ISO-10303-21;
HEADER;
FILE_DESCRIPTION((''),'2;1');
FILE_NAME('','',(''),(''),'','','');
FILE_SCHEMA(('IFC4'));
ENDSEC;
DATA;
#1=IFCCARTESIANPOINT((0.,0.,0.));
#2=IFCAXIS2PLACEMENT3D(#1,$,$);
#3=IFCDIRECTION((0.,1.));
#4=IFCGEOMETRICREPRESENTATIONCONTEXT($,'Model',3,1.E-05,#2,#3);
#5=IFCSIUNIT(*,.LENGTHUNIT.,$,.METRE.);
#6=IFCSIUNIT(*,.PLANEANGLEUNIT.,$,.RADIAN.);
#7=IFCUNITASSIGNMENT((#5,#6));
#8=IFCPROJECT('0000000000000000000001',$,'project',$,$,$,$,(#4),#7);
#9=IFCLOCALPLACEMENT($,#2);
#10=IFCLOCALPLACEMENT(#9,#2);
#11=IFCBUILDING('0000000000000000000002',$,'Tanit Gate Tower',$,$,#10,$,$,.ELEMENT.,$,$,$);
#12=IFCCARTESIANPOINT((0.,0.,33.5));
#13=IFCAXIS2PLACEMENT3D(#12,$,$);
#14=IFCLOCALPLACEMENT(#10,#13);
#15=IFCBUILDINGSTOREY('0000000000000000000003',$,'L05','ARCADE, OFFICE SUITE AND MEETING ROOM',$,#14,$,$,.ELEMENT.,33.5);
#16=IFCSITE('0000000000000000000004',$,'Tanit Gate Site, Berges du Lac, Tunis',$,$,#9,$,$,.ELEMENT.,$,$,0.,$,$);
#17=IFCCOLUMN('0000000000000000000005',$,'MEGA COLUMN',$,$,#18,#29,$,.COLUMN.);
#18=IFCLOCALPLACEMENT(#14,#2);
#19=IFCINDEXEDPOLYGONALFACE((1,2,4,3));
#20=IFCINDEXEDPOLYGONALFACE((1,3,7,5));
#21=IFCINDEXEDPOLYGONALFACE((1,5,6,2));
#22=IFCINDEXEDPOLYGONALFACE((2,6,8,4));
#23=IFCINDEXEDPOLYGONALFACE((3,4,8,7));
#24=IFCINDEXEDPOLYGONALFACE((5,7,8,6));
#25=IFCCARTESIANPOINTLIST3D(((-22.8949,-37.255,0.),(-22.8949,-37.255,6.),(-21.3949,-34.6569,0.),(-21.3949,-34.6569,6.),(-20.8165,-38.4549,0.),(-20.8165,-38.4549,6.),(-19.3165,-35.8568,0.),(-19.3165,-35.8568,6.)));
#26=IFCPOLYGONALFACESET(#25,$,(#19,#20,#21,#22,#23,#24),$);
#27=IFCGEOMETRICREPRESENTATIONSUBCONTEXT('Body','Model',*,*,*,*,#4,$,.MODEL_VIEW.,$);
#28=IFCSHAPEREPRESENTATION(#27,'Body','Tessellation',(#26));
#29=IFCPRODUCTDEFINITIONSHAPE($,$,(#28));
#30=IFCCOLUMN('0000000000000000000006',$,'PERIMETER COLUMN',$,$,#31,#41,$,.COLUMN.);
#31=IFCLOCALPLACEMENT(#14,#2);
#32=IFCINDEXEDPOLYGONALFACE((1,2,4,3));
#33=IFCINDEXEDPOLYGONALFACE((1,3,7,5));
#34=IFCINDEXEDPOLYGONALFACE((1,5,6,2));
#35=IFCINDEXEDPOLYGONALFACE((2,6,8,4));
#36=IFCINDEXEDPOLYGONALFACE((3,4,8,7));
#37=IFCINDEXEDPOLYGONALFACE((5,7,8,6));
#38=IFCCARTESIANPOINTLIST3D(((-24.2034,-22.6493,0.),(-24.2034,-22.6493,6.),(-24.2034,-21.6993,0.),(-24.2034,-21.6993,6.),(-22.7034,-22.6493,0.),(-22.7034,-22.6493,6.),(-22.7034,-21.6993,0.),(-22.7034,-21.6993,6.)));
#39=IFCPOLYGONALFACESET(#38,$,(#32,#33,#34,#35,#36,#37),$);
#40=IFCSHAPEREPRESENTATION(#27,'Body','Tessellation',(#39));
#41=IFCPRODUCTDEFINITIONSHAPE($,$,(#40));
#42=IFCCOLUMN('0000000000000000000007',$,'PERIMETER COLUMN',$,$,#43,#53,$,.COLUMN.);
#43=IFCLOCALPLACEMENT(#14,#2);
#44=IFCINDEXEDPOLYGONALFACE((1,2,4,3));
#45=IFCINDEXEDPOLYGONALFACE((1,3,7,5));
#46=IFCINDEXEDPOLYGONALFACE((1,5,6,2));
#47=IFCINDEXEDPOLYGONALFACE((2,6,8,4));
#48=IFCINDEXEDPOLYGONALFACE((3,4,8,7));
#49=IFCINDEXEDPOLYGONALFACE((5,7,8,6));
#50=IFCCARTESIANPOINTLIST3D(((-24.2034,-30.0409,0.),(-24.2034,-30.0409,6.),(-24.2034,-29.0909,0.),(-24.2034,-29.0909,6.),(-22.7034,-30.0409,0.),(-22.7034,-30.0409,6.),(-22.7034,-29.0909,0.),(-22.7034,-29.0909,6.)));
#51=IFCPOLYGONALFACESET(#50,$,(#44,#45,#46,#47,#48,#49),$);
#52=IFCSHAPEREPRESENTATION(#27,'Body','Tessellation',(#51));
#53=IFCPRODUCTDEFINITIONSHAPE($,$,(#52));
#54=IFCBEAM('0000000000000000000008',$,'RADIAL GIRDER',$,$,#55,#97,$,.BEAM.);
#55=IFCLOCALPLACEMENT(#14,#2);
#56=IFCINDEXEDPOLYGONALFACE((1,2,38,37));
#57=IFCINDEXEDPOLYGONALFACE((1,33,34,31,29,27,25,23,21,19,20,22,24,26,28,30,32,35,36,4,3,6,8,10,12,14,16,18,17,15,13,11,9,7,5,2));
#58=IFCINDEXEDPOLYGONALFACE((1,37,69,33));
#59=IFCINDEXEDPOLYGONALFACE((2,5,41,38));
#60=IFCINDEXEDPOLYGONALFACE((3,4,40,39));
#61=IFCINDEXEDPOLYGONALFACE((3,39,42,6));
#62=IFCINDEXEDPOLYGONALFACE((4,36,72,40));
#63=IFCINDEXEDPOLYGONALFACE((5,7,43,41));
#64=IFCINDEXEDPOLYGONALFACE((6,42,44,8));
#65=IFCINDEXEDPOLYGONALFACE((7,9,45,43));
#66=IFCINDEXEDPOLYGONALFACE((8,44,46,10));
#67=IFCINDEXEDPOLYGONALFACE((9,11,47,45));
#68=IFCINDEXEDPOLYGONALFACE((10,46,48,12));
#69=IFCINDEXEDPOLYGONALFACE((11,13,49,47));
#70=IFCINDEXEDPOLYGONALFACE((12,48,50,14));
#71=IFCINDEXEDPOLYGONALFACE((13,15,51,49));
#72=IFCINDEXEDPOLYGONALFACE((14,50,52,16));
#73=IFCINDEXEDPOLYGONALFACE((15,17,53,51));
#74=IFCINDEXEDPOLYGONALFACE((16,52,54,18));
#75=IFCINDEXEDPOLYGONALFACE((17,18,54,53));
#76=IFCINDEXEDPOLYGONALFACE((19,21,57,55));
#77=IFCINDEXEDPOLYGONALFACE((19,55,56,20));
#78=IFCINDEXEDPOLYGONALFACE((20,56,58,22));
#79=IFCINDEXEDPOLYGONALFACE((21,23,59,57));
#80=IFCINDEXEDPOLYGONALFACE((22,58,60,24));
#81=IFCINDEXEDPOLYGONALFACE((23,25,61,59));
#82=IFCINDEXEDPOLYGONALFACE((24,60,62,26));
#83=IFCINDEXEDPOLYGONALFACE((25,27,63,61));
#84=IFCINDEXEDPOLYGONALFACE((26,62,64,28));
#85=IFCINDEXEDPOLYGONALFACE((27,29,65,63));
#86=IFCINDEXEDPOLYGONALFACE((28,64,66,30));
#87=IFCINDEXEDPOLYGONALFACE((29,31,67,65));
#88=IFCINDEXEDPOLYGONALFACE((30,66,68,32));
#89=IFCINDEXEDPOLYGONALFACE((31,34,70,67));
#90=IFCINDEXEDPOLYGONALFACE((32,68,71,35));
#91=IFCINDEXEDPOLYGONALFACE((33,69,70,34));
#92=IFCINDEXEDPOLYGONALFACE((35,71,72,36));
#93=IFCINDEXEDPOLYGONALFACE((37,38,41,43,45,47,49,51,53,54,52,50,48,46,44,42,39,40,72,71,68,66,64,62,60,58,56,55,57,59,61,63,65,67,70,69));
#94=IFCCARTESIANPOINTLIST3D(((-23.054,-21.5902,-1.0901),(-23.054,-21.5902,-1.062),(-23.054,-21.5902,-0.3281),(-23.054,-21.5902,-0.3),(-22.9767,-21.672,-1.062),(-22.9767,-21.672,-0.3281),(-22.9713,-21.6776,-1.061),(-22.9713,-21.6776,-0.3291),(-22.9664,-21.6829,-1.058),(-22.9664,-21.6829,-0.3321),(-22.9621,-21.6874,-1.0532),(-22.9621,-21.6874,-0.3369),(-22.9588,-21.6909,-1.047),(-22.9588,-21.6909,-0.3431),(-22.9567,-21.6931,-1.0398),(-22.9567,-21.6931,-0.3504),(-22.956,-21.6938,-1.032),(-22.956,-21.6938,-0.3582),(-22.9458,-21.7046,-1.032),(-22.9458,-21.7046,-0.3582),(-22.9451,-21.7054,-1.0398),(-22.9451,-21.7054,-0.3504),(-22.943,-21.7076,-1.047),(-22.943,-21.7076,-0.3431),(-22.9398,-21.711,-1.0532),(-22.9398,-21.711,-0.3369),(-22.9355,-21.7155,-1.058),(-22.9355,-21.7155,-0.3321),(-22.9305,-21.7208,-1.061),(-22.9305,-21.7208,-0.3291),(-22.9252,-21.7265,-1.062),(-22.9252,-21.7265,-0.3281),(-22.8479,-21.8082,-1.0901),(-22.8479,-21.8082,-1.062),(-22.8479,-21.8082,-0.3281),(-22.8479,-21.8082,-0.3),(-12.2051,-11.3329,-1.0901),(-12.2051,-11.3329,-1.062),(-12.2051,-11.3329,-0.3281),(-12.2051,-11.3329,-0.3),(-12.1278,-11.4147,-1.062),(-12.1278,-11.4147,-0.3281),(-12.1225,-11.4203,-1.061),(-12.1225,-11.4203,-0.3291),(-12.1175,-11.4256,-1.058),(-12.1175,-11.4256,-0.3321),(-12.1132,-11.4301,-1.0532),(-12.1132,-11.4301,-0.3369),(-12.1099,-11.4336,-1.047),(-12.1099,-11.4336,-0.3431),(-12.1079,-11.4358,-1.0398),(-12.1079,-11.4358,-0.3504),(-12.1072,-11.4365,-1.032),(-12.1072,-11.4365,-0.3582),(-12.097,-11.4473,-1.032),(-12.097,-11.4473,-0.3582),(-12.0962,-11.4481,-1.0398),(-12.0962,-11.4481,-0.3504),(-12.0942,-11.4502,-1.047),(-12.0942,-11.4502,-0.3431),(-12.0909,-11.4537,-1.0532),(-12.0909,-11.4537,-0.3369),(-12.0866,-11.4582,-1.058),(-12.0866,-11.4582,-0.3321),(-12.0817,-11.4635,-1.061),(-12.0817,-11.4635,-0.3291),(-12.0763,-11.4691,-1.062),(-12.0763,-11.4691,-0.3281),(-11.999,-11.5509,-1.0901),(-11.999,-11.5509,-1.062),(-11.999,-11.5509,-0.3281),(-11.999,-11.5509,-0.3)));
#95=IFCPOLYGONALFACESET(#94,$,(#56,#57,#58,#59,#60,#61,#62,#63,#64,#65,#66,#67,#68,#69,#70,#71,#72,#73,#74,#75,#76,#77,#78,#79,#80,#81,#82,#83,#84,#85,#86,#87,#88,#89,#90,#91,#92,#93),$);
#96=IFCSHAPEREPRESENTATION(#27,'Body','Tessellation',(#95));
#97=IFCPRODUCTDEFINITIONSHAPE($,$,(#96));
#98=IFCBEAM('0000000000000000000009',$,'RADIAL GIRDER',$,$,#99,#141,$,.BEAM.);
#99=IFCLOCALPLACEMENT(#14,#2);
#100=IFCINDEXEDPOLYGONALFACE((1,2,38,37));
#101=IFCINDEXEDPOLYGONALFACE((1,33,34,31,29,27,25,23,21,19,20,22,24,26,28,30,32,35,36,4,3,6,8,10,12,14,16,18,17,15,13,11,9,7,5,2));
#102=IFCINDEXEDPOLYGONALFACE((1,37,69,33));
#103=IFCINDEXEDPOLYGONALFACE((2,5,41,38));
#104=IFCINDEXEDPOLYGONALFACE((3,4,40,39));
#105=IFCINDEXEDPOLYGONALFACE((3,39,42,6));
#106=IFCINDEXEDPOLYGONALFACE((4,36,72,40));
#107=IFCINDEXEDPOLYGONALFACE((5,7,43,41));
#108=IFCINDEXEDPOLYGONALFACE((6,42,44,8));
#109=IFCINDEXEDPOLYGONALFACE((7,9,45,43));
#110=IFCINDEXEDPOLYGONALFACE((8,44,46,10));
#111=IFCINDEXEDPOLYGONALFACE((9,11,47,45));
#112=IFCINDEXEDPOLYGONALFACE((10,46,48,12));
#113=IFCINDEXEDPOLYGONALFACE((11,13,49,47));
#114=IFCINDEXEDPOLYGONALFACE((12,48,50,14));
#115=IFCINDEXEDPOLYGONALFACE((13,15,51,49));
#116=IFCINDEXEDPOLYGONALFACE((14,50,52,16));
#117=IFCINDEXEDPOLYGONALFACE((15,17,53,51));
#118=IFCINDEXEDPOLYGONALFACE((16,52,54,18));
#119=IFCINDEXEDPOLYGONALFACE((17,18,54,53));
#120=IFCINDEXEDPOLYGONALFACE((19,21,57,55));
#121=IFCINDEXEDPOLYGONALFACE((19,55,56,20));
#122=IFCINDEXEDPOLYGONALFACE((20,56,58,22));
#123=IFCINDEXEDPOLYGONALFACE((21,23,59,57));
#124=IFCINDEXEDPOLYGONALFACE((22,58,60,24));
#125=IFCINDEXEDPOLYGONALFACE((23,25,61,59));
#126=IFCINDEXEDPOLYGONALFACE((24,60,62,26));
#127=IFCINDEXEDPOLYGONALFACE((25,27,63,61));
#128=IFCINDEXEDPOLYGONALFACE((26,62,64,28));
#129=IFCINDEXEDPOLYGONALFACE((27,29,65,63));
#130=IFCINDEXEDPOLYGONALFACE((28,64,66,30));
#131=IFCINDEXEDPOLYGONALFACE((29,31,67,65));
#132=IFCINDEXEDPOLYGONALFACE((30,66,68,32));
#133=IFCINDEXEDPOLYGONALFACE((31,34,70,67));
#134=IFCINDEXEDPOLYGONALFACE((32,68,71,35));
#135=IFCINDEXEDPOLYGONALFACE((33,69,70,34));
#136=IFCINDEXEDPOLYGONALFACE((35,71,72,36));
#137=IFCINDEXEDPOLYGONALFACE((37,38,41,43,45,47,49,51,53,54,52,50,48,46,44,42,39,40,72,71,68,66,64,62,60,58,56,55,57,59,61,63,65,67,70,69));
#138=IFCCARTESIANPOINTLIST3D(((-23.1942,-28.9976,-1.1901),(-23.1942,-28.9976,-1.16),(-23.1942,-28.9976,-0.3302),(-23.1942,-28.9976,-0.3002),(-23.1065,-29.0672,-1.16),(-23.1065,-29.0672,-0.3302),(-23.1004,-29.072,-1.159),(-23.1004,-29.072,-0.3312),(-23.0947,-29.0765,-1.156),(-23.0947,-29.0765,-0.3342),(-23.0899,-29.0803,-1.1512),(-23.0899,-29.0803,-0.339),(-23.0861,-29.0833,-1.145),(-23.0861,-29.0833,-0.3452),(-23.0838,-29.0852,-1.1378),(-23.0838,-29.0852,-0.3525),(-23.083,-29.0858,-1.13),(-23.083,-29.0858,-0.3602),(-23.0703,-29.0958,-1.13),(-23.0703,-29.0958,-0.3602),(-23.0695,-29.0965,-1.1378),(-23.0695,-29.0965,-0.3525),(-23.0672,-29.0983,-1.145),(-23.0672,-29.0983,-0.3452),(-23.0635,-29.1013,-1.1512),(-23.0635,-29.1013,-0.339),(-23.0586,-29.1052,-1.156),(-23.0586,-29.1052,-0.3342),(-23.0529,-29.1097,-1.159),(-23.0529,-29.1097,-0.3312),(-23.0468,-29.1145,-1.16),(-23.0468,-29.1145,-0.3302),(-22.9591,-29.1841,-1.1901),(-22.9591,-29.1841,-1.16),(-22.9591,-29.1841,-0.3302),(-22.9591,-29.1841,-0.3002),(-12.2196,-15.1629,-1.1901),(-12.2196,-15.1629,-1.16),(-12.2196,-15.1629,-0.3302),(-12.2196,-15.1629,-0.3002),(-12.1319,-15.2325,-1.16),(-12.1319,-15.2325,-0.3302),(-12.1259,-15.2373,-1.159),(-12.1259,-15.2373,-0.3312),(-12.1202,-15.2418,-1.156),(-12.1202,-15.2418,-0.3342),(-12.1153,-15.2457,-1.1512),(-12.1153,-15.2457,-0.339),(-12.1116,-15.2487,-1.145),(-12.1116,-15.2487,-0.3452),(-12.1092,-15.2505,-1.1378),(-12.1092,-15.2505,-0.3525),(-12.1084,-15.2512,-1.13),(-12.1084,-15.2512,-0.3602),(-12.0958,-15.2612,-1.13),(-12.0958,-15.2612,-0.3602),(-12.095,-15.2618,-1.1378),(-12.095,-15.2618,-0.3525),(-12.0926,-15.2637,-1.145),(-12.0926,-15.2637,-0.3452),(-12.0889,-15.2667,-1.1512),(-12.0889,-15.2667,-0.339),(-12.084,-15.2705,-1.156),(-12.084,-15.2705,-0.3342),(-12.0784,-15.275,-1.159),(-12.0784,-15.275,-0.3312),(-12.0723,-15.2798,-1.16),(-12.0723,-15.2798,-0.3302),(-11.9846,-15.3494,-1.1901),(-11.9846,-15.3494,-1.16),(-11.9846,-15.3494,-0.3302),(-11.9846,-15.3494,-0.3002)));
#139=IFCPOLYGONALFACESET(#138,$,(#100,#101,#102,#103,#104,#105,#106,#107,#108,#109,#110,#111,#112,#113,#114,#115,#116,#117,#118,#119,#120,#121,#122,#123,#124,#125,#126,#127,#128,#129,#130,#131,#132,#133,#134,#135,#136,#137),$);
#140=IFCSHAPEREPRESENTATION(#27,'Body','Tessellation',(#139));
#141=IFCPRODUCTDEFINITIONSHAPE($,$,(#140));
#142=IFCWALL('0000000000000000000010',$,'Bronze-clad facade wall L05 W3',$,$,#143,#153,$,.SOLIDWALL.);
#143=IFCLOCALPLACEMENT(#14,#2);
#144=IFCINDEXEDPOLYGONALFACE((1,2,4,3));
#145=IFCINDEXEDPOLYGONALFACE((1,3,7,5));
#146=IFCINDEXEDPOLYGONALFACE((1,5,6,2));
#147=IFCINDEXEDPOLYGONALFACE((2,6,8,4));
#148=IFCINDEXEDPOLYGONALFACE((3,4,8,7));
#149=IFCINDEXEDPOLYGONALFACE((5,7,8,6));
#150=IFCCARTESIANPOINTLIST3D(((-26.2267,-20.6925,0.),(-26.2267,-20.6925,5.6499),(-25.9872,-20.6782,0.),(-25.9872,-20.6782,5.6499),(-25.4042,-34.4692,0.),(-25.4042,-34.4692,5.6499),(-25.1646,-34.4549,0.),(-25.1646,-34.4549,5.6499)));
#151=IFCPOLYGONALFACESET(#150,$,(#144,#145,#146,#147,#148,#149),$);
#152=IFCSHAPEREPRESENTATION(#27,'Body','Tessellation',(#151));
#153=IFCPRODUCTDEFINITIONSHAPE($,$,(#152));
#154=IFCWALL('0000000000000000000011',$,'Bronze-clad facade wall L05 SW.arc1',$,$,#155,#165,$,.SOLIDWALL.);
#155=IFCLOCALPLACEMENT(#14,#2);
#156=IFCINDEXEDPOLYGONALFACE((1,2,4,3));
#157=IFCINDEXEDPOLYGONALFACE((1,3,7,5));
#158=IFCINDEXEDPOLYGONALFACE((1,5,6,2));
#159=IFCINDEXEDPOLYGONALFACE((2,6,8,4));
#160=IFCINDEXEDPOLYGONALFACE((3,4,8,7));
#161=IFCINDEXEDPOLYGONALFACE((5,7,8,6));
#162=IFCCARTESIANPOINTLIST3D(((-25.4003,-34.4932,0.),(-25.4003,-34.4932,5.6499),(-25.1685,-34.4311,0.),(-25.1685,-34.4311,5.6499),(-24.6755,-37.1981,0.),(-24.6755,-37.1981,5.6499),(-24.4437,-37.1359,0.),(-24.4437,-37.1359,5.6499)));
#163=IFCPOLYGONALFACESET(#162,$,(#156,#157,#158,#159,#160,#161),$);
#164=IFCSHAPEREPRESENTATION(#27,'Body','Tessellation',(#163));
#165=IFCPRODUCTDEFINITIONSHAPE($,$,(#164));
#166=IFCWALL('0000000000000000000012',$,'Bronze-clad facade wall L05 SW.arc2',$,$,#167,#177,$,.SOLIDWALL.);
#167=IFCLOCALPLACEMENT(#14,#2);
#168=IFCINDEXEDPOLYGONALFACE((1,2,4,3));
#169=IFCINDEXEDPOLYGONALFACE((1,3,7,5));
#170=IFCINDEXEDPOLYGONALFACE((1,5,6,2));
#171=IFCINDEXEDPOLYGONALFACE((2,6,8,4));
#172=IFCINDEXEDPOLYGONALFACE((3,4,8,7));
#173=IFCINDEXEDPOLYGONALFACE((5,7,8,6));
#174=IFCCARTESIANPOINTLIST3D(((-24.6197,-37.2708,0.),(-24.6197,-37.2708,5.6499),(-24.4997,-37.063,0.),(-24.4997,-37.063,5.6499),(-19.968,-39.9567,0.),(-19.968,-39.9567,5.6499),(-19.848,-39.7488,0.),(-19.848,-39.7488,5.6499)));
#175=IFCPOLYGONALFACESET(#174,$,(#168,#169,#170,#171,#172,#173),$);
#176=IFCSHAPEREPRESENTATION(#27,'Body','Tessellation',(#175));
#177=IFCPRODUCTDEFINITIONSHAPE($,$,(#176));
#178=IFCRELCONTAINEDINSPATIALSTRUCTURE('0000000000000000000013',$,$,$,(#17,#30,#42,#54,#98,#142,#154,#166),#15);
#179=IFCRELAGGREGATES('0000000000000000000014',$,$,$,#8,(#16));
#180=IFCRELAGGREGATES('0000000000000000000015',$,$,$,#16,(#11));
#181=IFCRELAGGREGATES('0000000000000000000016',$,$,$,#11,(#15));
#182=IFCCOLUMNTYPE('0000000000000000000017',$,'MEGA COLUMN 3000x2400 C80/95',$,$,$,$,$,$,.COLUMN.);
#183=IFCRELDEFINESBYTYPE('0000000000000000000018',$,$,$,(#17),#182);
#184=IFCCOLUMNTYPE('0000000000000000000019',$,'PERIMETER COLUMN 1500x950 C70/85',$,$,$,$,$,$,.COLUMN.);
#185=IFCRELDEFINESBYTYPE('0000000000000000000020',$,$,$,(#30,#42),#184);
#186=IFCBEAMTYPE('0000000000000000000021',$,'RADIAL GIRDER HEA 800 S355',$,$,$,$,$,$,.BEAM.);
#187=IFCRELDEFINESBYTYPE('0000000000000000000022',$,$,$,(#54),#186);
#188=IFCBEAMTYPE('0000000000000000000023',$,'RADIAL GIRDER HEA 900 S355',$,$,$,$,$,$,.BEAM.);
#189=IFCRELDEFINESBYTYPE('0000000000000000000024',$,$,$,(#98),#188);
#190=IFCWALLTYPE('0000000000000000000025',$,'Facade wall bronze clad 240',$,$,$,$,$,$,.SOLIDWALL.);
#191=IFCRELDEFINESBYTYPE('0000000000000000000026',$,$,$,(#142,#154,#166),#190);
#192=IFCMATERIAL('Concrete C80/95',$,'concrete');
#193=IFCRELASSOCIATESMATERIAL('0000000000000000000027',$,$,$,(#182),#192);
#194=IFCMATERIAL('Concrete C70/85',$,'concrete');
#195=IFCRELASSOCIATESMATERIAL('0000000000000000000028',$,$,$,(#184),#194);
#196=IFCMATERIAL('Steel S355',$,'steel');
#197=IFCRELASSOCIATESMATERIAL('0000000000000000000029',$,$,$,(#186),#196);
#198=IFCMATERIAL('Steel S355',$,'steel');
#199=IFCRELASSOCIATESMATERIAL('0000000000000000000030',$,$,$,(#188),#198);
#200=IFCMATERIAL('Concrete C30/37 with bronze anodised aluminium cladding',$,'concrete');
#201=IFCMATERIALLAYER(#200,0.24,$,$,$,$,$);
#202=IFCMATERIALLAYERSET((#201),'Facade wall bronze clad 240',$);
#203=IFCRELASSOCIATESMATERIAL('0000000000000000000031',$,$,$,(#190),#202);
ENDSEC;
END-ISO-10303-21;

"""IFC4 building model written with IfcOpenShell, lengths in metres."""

from ifc_helpers import new_model, si_unit, direction, frame, frame_2d, origin, origin_2d, place, context, subcontext, project, spatial, rectangle, i_section, extrude, material, layer, layer_set, material_profile, profile_set, type_object, element, save


model = new_model("IFC4")

# Units and contexts
model_context = context("Model", 3, precision=1e-05, world=origin(), true_north=direction((0.0, 1.0)))
body_context = subcontext(model_context, "Body", "Model", "MODEL_VIEW")
ifc_project = project(units=[si_unit("LENGTHUNIT", "METRE"), si_unit("PLANEANGLEUNIT", "RADIAN")], contexts=[model_context])

# Site, building, storey
site_placement = place(None, origin())
site = spatial("IfcSite", under=ifc_project, at=site_placement, Name="Tanit Gate Site, Berges du Lac, Tunis", CompositionType="ELEMENT", RefElevation=0.0)
building_placement = place(site_placement, origin())
building = spatial("IfcBuilding", under=site, at=building_placement, Name="Tanit Gate Tower", CompositionType="ELEMENT")
storey_placement = place(building_placement, frame((0.0, 0.0, 33.5)))
storey = spatial("IfcBuildingStorey", under=building, at=storey_placement, Name="L05", Description="ARCADE, OFFICE SUITE AND MEETING ROOM", CompositionType="ELEMENT", Elevation=33.5)

# Columns
ifc_material_1 = material(Name="Concrete C80/95", Category="concrete")
ifc_material_profile_1 = material_profile(ifc_material_1, rectangle(XDim=3.0, YDim=2.3999, at=origin_2d()), Name="RC 3000x2400")
ifc_profile_set_1 = profile_set([ifc_material_profile_1], Name="Concrete C80/95")
column_type_1 = type_object("IfcColumnType", Name="MEGA COLUMN 3000x2400 C80/95", PredefinedType="COLUMN", material=ifc_profile_set_1)
column_placement = place(storey_placement, frame((-21.1057, -36.5559, 0.0), z_axis=(0.0, 0.0, 1.0), x_axis=(-0.5, -0.866025, 0.0)))
element("IfcColumn", 1, at=column_placement, inside=storey, type_object=column_type_1, Name="MEGA COLUMN", PredefinedType="COLUMN", context=body_context, shape_type="SweptSolid", body=[
    extrude(rectangle(XDim=3.0, YDim=2.3999, at=origin_2d()), origin(), (0.0, 0.0, 1.0), 6.0),
])
ifc_material_2 = material(Name="Concrete C70/85", Category="concrete")
ifc_material_profile_2 = material_profile(ifc_material_2, rectangle(XDim=1.5, YDim=0.95, at=origin_2d()), Name="RC 1500x950")
ifc_profile_set_2 = profile_set([ifc_material_profile_2], Name="Concrete C70/85")
column_type_2 = type_object("IfcColumnType", Name="PERIMETER COLUMN 1500x950 C70/85", PredefinedType="COLUMN", material=ifc_profile_set_2)
for number, where, z_axis, x_axis, name in (
    (2, (-23.4534, -22.1743, 0.0), (0.0, 0.0, 1.0), (-1.0, 0.0, 0.0), "PERIMETER COLUMN"),
    (3, (-23.4534, -29.5659, 0.0), (0.0, 0.0, 1.0), (-1.0, 0.0, 0.0), "PERIMETER COLUMN"),
):
    element("IfcColumn", number, at=place(storey_placement, frame(where, z_axis=z_axis, x_axis=x_axis)), inside=storey, type_object=column_type_2, Name=name, PredefinedType="COLUMN", context=body_context, shape_type="SweptSolid", body=[
        extrude(rectangle(XDim=1.5, YDim=0.95, at=origin_2d()), origin(), (0.0, 0.0, 1.0), 6.0),
    ])

# Beams
ifc_material_3 = material(Name="Steel S355", Category="steel")
ifc_material_profile_3 = material_profile(ifc_material_3, i_section(OverallWidth=0.3, OverallDepth=0.79, WebThickness=0.0149, FlangeThickness=0.0281, FilletRadius=0.03, at=origin_2d()), Name="HEA 800")
ifc_profile_set_3 = profile_set([ifc_material_profile_3], Name="Steel S355")
beam_type_1 = type_object("IfcBeamType", Name="RADIAL GIRDER HEA 800 S355", PredefinedType="BEAM", material=ifc_profile_set_3)
beam_1_placement = place(storey_placement, frame((-22.9509, -21.6992, -0.6951), z_axis=(0.72664, 0.687019, 0.0), x_axis=(-0.687019, 0.72664, 0.0)))
element("IfcBeam", 4, at=beam_1_placement, inside=storey, type_object=beam_type_1, Name="RADIAL GIRDER", PredefinedType="BEAM", context=body_context, shape_type="SweptSolid", body=[
    extrude(i_section(OverallWidth=0.3, OverallDepth=0.79, WebThickness=0.0149, FlangeThickness=0.0281, FilletRadius=0.03, at=origin_2d()), origin(), (0.0, 0.0, 1.0), 14.9302),
])
ifc_material_4 = material(Name="Steel S355", Category="steel")
ifc_material_profile_4 = material_profile(ifc_material_4, i_section(OverallWidth=0.3, OverallDepth=0.8899, WebThickness=0.0161, FlangeThickness=0.03, FilletRadius=0.03, at=origin_2d()), Name="HEA 900")
ifc_profile_set_4 = profile_set([ifc_material_profile_4], Name="Steel S355")
beam_type_2 = type_object("IfcBeamType", Name="RADIAL GIRDER HEA 900 S355", PredefinedType="BEAM", material=ifc_profile_set_4)
beam_2_placement = place(storey_placement, frame((-23.0767, -29.0908, -0.7451), z_axis=(0.621473, 0.783436, 0.0), x_axis=(-0.783436, 0.621473, 0.0)))
element("IfcBeam", 5, at=beam_2_placement, inside=storey, type_object=beam_type_2, Name="RADIAL GIRDER", PredefinedType="BEAM", context=body_context, shape_type="SweptSolid", body=[
    extrude(i_section(OverallWidth=0.3, OverallDepth=0.8899, WebThickness=0.0161, FlangeThickness=0.03, FilletRadius=0.03, at=origin_2d()), origin(), (0.0, 0.0, 1.0), 17.6589),
])

# Walls
ifc_material_5 = material(Name="Concrete C30/37 with bronze anodised aluminium cladding", Category="concrete")
ifc_layer_1 = layer(ifc_material_5, 0.24)
ifc_layer_set_1 = layer_set([ifc_layer_1], Name="Facade wall bronze clad 240")
wall_type_1 = type_object("IfcWallType", Name="Facade wall bronze clad 240", PredefinedType="SOLIDWALL", material=ifc_layer_set_1)
wall_1_placement = place(storey_placement, frame((-26.1069, -20.6853, 0.0), z_axis=(0.0, 0.0, 1.0), x_axis=(0.059596, -0.998223, 0.0)))
element("IfcWall", 6, at=wall_1_placement, inside=storey, type_object=wall_type_1, Name="Bronze-clad facade wall L05 W3", PredefinedType="SOLIDWALL", context=body_context, shape_type="SweptSolid", body=[
    extrude(rectangle(XDim=13.8013, YDim=0.24, at=frame_2d((6.9006, 0.0))), origin(), (0.0, 0.0, 1.0), 5.6499),
])
wall_2_placement = place(storey_placement, frame((-25.2844, -34.4622, 0.0), z_axis=(0.0, 0.0, 1.0), x_axis=(0.258851, -0.965917, 0.0)))
element("IfcWall", 7, at=wall_2_placement, inside=storey, type_object=wall_type_1, Name="Bronze-clad facade wall L05 SW.arc1", PredefinedType="SOLIDWALL", context=body_context, shape_type="SweptSolid", body=[
    extrude(rectangle(XDim=2.8003, YDim=0.24, at=frame_2d((1.4001, 0.0))), origin(), (0.0, 0.0, 1.0), 5.6499),
])
wall_3_placement = place(storey_placement, frame((-24.5596, -37.167, 0.0), z_axis=(0.0, 0.0, 1.0), x_axis=(0.866011, -0.500025, 0.0)))
element("IfcWall", 8, at=wall_3_placement, inside=storey, type_object=wall_type_1, Name="Bronze-clad facade wall L05 SW.arc2", PredefinedType="SOLIDWALL", context=body_context, shape_type="SweptSolid", body=[
    extrude(rectangle(XDim=5.3713, YDim=0.24, at=frame_2d((2.6855, 0.0))), origin(), (0.0, 0.0, 1.0), 5.6499),
])

save(model, "model.ifc")
